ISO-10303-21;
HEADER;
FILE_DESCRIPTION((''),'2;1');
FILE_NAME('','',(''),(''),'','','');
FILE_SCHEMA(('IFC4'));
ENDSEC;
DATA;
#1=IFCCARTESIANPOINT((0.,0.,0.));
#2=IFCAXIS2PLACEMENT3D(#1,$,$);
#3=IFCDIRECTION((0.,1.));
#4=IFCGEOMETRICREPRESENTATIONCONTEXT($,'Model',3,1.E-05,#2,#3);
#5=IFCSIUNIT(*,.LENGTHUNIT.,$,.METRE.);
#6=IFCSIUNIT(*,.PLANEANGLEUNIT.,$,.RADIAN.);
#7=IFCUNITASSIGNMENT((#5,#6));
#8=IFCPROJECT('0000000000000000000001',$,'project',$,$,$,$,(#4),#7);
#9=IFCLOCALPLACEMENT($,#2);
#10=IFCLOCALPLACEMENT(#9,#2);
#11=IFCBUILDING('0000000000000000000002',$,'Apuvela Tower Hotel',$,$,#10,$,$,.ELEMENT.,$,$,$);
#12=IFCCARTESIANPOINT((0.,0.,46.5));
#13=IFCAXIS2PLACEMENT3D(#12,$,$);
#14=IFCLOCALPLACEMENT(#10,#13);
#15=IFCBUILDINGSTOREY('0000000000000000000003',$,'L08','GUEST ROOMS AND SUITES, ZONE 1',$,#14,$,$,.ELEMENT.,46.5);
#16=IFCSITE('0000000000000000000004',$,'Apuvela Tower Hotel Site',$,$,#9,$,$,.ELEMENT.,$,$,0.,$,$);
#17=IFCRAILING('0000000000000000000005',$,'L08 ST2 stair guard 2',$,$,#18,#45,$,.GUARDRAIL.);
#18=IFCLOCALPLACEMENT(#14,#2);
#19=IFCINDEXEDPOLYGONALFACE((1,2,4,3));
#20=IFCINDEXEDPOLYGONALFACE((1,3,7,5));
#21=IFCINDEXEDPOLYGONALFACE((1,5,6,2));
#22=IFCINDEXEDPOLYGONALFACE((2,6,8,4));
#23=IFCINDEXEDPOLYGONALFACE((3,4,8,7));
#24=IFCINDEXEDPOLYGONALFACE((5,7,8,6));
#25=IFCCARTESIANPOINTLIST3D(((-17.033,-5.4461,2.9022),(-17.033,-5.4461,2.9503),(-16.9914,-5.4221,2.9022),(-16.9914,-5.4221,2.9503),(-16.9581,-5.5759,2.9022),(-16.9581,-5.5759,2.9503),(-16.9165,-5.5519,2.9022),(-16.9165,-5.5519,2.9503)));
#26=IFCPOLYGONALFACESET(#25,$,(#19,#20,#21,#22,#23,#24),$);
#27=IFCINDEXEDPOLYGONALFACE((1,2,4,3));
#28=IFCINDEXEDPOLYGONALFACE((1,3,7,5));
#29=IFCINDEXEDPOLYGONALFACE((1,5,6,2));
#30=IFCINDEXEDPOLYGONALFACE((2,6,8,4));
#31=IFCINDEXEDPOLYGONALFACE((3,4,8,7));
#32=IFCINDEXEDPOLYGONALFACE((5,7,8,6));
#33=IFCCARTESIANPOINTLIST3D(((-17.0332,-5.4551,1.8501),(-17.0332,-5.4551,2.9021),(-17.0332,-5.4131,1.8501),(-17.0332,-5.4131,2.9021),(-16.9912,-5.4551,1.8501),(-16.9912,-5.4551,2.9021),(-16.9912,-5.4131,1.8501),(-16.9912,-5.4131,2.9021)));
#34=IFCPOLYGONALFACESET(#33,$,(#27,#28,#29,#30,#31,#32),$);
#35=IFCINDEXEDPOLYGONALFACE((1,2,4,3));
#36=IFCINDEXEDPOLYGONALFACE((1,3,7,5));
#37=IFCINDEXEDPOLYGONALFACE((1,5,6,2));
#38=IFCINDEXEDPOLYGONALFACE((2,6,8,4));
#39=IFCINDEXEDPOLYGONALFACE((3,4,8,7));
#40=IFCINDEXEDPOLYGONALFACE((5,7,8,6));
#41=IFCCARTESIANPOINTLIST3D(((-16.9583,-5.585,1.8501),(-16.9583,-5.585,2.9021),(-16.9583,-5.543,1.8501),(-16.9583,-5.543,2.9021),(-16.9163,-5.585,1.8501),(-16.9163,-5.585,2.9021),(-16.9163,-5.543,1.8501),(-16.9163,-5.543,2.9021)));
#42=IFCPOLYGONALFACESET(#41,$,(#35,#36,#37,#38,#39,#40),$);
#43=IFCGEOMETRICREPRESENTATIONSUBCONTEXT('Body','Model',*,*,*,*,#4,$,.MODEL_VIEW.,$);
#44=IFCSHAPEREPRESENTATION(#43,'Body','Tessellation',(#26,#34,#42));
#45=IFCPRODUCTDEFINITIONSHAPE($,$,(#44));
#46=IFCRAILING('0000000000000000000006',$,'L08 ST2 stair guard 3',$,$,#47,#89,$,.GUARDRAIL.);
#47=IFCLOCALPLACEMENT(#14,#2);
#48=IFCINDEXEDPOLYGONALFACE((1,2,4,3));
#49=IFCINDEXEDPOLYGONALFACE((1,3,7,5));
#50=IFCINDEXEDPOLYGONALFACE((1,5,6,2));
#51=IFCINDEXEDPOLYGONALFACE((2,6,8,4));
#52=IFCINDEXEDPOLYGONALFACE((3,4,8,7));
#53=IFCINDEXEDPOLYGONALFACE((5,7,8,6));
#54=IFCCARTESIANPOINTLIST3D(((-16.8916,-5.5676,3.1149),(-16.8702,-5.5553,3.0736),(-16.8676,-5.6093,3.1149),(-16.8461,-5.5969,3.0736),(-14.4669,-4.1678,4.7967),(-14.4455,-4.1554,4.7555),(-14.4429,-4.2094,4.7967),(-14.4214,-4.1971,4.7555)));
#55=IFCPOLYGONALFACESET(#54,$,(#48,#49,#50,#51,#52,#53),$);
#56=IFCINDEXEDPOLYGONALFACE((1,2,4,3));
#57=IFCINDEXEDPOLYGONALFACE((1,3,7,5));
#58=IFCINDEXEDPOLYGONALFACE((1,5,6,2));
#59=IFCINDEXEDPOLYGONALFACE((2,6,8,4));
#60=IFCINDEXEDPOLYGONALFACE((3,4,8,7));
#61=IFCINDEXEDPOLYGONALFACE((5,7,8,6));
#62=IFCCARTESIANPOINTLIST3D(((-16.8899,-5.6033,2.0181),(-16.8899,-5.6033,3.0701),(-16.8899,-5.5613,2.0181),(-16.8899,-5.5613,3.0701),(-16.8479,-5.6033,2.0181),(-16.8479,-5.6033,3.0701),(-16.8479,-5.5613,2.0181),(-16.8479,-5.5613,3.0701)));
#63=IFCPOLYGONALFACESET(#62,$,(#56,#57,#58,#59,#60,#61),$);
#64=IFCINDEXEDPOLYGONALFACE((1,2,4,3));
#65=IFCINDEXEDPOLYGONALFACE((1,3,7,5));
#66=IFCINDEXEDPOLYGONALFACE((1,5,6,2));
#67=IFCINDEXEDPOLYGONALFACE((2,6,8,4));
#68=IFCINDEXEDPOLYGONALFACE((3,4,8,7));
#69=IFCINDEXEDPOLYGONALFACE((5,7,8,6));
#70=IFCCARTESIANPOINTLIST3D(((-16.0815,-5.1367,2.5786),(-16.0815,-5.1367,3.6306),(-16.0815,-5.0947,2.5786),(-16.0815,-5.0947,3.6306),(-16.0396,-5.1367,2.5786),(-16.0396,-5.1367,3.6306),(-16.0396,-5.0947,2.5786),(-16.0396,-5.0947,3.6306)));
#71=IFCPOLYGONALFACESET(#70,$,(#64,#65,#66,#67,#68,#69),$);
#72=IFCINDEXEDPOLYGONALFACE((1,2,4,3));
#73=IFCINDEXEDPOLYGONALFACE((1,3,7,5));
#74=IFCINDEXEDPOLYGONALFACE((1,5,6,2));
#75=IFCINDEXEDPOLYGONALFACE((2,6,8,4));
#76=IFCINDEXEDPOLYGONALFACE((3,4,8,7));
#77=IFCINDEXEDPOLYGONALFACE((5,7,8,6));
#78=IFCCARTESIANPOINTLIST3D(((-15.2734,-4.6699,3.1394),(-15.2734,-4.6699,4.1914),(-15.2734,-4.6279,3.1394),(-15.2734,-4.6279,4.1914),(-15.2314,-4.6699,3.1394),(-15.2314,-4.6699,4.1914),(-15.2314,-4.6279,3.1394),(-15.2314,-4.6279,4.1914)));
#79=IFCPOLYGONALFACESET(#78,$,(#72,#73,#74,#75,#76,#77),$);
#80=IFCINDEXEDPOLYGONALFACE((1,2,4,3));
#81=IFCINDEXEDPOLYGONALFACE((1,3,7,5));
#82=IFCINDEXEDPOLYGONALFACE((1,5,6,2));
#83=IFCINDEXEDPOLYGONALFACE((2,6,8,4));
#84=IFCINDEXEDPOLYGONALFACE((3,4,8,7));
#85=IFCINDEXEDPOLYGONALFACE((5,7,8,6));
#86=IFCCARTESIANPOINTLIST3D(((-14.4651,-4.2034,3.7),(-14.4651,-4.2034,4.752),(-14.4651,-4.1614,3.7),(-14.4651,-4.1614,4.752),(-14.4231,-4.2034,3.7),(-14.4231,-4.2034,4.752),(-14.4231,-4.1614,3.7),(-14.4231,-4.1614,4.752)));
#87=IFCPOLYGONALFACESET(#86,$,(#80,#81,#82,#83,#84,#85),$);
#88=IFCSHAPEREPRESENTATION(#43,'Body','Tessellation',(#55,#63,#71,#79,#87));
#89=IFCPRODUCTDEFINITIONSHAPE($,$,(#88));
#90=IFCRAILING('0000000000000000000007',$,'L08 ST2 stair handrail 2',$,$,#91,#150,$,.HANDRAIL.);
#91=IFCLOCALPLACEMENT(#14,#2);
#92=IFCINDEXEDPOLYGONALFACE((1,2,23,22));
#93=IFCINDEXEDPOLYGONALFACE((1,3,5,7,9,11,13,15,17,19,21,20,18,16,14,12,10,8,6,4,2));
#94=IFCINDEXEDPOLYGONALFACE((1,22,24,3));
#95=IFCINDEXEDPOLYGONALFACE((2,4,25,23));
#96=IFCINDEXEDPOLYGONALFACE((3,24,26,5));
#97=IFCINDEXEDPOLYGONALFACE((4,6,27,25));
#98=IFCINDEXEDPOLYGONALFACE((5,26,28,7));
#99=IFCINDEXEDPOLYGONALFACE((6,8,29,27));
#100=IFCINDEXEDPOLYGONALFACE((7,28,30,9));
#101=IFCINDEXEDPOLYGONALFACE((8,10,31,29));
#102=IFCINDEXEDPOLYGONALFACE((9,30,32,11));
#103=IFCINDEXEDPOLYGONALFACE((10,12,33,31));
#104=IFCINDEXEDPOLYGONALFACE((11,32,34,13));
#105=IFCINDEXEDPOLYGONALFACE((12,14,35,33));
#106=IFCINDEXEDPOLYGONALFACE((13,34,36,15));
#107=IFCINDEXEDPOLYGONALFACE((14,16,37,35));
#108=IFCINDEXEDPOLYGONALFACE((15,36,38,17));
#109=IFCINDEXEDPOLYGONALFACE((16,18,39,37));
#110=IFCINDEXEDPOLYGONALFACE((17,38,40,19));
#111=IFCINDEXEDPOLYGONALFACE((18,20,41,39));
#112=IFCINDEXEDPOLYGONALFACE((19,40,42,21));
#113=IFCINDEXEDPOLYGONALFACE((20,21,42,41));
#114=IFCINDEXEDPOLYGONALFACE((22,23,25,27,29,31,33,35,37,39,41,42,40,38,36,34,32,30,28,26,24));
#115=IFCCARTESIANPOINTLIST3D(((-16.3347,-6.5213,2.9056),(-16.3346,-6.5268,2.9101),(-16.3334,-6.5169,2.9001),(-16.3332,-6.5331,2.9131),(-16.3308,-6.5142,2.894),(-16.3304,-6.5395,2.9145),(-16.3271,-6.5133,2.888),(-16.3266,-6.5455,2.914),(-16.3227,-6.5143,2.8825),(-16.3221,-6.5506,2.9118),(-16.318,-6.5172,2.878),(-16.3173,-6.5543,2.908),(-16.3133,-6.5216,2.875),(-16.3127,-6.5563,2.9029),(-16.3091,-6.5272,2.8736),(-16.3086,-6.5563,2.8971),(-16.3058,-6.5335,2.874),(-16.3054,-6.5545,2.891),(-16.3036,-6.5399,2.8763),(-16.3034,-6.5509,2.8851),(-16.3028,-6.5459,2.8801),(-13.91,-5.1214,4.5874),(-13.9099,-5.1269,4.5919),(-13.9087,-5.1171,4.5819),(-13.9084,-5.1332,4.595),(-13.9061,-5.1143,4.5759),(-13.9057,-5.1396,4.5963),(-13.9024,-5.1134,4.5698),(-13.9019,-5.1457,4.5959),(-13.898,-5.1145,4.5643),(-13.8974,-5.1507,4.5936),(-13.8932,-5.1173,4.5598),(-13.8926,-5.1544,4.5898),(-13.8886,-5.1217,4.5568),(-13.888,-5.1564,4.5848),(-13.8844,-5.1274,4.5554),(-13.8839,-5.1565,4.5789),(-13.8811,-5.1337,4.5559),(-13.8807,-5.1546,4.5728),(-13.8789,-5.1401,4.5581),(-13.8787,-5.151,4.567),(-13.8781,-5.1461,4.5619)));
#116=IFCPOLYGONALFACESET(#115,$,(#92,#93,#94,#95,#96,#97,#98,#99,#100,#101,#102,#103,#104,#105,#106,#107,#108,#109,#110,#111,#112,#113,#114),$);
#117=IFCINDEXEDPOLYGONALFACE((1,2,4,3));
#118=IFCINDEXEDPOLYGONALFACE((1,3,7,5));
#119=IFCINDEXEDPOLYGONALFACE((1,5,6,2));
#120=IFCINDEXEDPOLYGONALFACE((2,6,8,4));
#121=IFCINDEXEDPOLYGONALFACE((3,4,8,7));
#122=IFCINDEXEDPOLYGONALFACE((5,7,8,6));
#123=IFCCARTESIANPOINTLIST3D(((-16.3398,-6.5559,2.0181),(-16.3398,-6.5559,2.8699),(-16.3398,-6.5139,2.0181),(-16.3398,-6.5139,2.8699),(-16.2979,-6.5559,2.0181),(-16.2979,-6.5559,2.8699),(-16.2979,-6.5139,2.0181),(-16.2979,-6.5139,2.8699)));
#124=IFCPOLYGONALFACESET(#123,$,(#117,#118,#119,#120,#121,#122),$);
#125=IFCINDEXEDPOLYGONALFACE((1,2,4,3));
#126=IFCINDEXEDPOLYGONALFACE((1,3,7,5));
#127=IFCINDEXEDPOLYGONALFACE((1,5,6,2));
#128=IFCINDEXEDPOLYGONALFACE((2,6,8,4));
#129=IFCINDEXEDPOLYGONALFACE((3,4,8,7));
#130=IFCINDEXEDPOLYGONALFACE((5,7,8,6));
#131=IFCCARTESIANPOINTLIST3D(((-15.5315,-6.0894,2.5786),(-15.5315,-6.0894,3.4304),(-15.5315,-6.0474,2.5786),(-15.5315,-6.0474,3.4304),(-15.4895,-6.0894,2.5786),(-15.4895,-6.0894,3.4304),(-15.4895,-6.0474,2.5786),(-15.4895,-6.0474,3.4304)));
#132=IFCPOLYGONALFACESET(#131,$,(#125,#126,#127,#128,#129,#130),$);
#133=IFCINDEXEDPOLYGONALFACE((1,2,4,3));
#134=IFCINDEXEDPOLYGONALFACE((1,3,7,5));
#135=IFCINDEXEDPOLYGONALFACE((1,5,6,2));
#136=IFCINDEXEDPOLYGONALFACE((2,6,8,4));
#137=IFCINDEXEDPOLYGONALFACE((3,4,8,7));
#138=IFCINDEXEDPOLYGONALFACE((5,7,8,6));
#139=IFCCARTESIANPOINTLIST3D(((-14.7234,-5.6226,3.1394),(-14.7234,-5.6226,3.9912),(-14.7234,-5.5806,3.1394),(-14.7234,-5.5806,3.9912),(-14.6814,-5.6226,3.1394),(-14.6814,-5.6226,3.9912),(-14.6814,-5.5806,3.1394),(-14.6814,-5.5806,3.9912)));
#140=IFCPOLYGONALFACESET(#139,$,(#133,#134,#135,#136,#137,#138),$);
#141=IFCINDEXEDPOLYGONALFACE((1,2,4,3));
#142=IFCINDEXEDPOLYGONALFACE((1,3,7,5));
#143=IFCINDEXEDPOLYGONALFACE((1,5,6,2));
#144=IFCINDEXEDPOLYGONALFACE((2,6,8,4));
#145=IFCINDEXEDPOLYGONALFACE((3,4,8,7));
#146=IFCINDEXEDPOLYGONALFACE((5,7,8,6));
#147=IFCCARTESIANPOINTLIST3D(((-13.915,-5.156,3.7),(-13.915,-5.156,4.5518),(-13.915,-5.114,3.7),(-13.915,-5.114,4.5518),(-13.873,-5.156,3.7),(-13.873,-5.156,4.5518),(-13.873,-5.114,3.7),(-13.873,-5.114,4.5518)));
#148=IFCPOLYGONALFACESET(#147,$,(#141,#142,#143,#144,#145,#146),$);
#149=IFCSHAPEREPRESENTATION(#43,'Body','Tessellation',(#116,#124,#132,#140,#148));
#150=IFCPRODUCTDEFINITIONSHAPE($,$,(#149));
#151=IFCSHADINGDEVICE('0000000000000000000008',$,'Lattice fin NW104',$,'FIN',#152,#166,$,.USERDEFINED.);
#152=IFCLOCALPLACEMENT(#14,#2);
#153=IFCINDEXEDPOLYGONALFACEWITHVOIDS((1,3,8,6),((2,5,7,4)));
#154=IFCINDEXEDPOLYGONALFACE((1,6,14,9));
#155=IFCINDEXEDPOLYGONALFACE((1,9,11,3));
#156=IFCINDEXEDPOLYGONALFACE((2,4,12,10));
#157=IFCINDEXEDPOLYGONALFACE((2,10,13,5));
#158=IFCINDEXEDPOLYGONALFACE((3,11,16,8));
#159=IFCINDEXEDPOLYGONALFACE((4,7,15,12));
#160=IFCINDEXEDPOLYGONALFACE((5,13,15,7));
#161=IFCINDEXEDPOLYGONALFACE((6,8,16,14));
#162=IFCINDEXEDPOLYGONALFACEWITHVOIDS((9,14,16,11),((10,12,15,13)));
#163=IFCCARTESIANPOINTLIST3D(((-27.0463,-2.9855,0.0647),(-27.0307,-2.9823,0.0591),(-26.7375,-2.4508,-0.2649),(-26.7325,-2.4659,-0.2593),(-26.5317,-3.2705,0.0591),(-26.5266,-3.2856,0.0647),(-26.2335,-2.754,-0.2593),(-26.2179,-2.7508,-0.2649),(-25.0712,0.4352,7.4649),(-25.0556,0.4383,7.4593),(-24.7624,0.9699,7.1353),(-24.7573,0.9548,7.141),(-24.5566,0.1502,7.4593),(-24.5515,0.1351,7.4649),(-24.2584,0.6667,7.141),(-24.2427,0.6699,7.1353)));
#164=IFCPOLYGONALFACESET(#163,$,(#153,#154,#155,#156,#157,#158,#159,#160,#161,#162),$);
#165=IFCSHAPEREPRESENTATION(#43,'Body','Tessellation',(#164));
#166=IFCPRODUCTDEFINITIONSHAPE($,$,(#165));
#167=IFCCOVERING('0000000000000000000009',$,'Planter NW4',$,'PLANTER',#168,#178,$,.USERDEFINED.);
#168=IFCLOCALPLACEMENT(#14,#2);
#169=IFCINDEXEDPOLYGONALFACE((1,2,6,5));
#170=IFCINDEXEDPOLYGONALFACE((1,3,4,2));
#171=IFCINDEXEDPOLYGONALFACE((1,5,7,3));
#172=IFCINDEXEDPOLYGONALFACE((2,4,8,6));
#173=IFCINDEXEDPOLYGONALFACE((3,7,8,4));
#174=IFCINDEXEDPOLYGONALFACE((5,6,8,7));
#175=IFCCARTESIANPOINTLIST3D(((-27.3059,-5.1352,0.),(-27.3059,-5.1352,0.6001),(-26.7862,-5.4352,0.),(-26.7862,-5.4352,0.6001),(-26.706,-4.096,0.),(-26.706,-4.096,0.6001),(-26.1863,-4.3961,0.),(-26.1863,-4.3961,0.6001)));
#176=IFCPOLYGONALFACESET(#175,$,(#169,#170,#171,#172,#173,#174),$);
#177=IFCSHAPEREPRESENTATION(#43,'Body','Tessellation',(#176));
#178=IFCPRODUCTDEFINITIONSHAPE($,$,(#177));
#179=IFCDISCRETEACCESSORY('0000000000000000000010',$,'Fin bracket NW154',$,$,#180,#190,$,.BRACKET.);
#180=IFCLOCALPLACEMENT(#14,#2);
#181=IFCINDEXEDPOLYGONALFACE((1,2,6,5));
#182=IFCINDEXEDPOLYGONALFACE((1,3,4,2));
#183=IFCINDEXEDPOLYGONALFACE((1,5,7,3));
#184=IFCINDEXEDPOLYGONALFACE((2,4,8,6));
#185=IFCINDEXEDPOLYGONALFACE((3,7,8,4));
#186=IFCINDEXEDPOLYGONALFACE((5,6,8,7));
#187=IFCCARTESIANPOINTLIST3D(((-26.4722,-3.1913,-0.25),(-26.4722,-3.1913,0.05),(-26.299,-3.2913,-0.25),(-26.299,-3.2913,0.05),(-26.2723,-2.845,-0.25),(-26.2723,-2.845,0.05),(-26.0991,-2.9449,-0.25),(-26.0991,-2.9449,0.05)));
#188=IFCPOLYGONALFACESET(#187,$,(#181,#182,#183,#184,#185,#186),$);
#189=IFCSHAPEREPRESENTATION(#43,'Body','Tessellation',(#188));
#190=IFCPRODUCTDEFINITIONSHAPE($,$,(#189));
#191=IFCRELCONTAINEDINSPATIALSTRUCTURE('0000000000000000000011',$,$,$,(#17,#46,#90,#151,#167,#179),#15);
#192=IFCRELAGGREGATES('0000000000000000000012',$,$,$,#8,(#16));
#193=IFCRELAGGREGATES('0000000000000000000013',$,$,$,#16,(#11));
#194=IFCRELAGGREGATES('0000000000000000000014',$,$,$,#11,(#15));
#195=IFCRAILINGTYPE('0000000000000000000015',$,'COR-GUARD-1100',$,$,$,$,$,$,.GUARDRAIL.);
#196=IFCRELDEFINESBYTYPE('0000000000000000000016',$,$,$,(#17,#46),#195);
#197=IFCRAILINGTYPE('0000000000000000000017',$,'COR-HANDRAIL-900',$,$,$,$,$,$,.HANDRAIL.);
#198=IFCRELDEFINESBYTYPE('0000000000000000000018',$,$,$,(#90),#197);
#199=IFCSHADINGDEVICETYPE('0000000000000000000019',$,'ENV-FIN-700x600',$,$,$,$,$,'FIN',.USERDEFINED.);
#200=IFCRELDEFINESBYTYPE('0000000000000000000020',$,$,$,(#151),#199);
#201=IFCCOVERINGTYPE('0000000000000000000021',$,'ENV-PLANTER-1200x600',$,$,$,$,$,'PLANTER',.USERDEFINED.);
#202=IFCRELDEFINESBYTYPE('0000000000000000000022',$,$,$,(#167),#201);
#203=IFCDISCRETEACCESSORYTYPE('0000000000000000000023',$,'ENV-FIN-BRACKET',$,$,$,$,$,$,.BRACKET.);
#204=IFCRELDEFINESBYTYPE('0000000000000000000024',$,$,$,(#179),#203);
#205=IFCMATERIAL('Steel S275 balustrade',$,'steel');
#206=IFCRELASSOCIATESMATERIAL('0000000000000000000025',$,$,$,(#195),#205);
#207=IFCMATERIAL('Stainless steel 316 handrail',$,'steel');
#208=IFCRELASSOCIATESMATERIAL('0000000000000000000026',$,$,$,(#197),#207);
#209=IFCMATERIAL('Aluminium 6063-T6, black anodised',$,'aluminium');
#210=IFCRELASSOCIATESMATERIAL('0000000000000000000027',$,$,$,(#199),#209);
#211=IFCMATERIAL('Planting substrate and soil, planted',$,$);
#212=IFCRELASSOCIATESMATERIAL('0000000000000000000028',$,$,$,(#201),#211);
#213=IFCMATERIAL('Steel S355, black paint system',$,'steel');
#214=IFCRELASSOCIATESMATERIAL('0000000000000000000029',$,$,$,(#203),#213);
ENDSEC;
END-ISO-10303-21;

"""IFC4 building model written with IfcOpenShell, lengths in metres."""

from ifc_helpers import new_model, si_unit, direction, frame, origin, origin_2d, place, context, subcontext, project, spatial, rectangle, hollow_rectangle, circle, extrude, material, material_profile, profile_set, type_object, element, save


model = new_model("IFC4")

# Units and contexts
model_context = context("Model", 3, precision=1e-05, world=origin(), true_north=direction((0.0, 1.0)))
body_context = subcontext(model_context, "Body", "Model", "MODEL_VIEW")
ifc_project = project(units=[si_unit("LENGTHUNIT", "METRE"), si_unit("PLANEANGLEUNIT", "RADIAN")], contexts=[model_context])

# Site, building, storey
site_placement = place(None, origin())
site = spatial("IfcSite", under=ifc_project, at=site_placement, Name="Apuvela Tower Hotel Site", CompositionType="ELEMENT", RefElevation=0.0)
building_placement = place(site_placement, origin())
building = spatial("IfcBuilding", under=site, at=building_placement, Name="Apuvela Tower Hotel", CompositionType="ELEMENT")
storey_placement = place(building_placement, frame((0.0, 0.0, 46.5)))
storey = spatial("IfcBuildingStorey", under=building, at=storey_placement, Name="L08", Description="GUEST ROOMS AND SUITES, ZONE 1", CompositionType="ELEMENT", Elevation=46.5)

# Railings
ifc_material_1 = material(Name="Steel S275 balustrade", Category="steel")
railing_type_1 = type_object("IfcRailingType", Name="COR-GUARD-1100", PredefinedType="GUARDRAIL", material=ifc_material_1)
railing_1_placement = place(storey_placement, frame((-17.0122, -5.4341, 1.8501)))
element("IfcRailing", 1, at=railing_1_placement, inside=storey, type_object=railing_type_1, Name="L08 ST2 stair guard 2", PredefinedType="GUARDRAIL", context=body_context, shape_type="SweptSolid", body=[
    extrude(rectangle(XDim=0.0481, YDim=0.0481, at=origin_2d()), frame((0.0, 0.0, 1.0762), z_axis=(0.499816, -0.866131, 0.0), x_axis=(0.866131, 0.499816, 0.0)), (0.0, 0.0, 1.0), 0.1499),
    extrude(rectangle(XDim=0.042, YDim=0.042, at=origin_2d()), origin(), (0.0, 0.0, 1.0), 1.052),
    extrude(rectangle(XDim=0.042, YDim=0.042, at=origin_2d()), frame((0.075, -0.1299, 0.0)), (0.0, 0.0, 1.0), 1.052),
])
railing_2_placement = place(storey_placement, frame((-16.8689, -5.5823, 2.0181)))
element("IfcRailing", 2, at=railing_2_placement, inside=storey, type_object=railing_type_1, Name="L08 ST2 stair guard 3", PredefinedType="GUARDRAIL", context=body_context, shape_type="SweptSolid", body=[
    extrude(rectangle(XDim=0.0481, YDim=0.0481, at=origin_2d()), frame((0.0, 0.0, 1.0762), z_axis=(0.74239, 0.428601, 0.514934), x_axis=(-0.499984, 0.866035, 0.0)), (0.0, 0.0, 1.0), 3.2661),
    extrude(rectangle(XDim=0.042, YDim=0.042, at=origin_2d()), origin(), (0.0, 0.0, 1.0), 1.052),
    extrude(rectangle(XDim=0.042, YDim=0.042, at=origin_2d()), frame((0.8083, 0.4666, 0.5605)), (0.0, 0.0, 1.0), 1.052),
    extrude(rectangle(XDim=0.042, YDim=0.042, at=origin_2d()), frame((1.6165, 0.9333, 1.1213)), (0.0, 0.0, 1.0), 1.052),
    extrude(rectangle(XDim=0.042, YDim=0.042, at=origin_2d()), frame((2.4248, 1.3999, 1.6819)), (0.0, 0.0, 1.0), 1.052),
])
ifc_material_2 = material(Name="Stainless steel 316 handrail", Category="steel")
railing_type_2 = type_object("IfcRailingType", Name="COR-HANDRAIL-900", PredefinedType="HANDRAIL", material=ifc_material_2)
railing_3_placement = place(storey_placement, frame((-16.3188, -6.5349, 2.0181)))
element("IfcRailing", 3, at=railing_3_placement, inside=storey, type_object=railing_type_2, Name="L08 ST2 stair handrail 2", PredefinedType="HANDRAIL", context=body_context, shape_type="SweptSolid", body=[
    extrude(circle(Radius=0.0239, at=origin_2d()), frame((0.0, 0.0, 0.876), z_axis=(0.74239, 0.428601, 0.514934), x_axis=(-0.499984, 0.866035, 0.0)), (0.0, 0.0, 1.0), 3.2661),
    extrude(rectangle(XDim=0.042, YDim=0.042, at=origin_2d()), origin(), (0.0, 0.0, 1.0), 0.8518),
    extrude(rectangle(XDim=0.042, YDim=0.042, at=origin_2d()), frame((0.8083, 0.4666, 0.5605)), (0.0, 0.0, 1.0), 0.8518),
    extrude(rectangle(XDim=0.042, YDim=0.042, at=origin_2d()), frame((1.6165, 0.9333, 1.1213)), (0.0, 0.0, 1.0), 0.8518),
    extrude(rectangle(XDim=0.042, YDim=0.042, at=origin_2d()), frame((2.4248, 1.3999, 1.6819)), (0.0, 0.0, 1.0), 0.8518),
])

# Shading device
ifc_material_3 = material(Name="Aluminium 6063-T6, black anodised", Category="aluminium")
ifc_material_profile_1 = material_profile(ifc_material_3, hollow_rectangle(XDim=0.6001, YDim=0.7, WallThickness=0.012, at=origin_2d()), Name="AL BOX 700x600x12")
ifc_profile_set_1 = profile_set([ifc_material_profile_1], Name="Aluminium 6063-T6, black anodised")
shading_device_type = type_object("IfcShadingDeviceType", Name="ENV-FIN-700x600", ElementType="FIN", PredefinedType="USERDEFINED", material=ifc_profile_set_1)
shading_device_placement = place(storey_placement, frame((-26.6321, -2.8682, -0.1001), z_axis=(0.235458, 0.407787, 0.882196), x_axis=(-0.866005, 0.500035, 0.0)))
element("IfcShadingDevice", 4, at=shading_device_placement, inside=storey, type_object=shading_device_type, Name="Lattice fin NW104", ObjectType="FIN", PredefinedType="USERDEFINED", context=body_context, shape_type="SweptSolid", body=[
    extrude(hollow_rectangle(XDim=0.6001, YDim=0.7, WallThickness=0.012, at=origin_2d()), origin(), (0.0, 0.0, 1.0), 8.3884),
])

# Covering
ifc_material_4 = material(Name="Planting substrate and soil, planted")
covering_type = type_object("IfcCoveringType", Name="ENV-PLANTER-1200x600", ElementType="PLANTER", PredefinedType="USERDEFINED", material=ifc_material_4)
covering_placement = place(storey_placement, frame((-26.7461, -4.7656, 0.0), z_axis=(0.0, 0.0, 1.0), x_axis=(-0.5, -0.866025, 0.0)))
element("IfcCovering", 5, at=covering_placement, inside=storey, type_object=covering_type, Name="Planter NW4", ObjectType="PLANTER", PredefinedType="USERDEFINED", context=body_context, shape_type="SweptSolid", body=[
    extrude(rectangle(XDim=1.2, YDim=0.6001, at=origin_2d()), origin(), (0.0, 0.0, 1.0), 0.6001),
])

# Discrete accessory
ifc_material_5 = material(Name="Steel S355, black paint system", Category="steel")
discrete_accessory_type = type_object("IfcDiscreteAccessoryType", Name="ENV-FIN-BRACKET", PredefinedType="BRACKET", material=ifc_material_5)
discrete_accessory_placement = place(storey_placement, frame((-26.2856, -3.0681, -0.25), z_axis=(0.0, 0.0, 1.0), x_axis=(-0.5, -0.866025, 0.0)))
element("IfcDiscreteAccessory", 6, at=discrete_accessory_placement, inside=storey, type_object=discrete_accessory_type, Name="Fin bracket NW154", PredefinedType="BRACKET", context=body_context, shape_type="SweptSolid", body=[
    extrude(rectangle(XDim=0.3999, YDim=0.2, at=origin_2d()), origin(), (0.0, 0.0, 1.0), 0.3),
])

save(model, "model.ifc")
